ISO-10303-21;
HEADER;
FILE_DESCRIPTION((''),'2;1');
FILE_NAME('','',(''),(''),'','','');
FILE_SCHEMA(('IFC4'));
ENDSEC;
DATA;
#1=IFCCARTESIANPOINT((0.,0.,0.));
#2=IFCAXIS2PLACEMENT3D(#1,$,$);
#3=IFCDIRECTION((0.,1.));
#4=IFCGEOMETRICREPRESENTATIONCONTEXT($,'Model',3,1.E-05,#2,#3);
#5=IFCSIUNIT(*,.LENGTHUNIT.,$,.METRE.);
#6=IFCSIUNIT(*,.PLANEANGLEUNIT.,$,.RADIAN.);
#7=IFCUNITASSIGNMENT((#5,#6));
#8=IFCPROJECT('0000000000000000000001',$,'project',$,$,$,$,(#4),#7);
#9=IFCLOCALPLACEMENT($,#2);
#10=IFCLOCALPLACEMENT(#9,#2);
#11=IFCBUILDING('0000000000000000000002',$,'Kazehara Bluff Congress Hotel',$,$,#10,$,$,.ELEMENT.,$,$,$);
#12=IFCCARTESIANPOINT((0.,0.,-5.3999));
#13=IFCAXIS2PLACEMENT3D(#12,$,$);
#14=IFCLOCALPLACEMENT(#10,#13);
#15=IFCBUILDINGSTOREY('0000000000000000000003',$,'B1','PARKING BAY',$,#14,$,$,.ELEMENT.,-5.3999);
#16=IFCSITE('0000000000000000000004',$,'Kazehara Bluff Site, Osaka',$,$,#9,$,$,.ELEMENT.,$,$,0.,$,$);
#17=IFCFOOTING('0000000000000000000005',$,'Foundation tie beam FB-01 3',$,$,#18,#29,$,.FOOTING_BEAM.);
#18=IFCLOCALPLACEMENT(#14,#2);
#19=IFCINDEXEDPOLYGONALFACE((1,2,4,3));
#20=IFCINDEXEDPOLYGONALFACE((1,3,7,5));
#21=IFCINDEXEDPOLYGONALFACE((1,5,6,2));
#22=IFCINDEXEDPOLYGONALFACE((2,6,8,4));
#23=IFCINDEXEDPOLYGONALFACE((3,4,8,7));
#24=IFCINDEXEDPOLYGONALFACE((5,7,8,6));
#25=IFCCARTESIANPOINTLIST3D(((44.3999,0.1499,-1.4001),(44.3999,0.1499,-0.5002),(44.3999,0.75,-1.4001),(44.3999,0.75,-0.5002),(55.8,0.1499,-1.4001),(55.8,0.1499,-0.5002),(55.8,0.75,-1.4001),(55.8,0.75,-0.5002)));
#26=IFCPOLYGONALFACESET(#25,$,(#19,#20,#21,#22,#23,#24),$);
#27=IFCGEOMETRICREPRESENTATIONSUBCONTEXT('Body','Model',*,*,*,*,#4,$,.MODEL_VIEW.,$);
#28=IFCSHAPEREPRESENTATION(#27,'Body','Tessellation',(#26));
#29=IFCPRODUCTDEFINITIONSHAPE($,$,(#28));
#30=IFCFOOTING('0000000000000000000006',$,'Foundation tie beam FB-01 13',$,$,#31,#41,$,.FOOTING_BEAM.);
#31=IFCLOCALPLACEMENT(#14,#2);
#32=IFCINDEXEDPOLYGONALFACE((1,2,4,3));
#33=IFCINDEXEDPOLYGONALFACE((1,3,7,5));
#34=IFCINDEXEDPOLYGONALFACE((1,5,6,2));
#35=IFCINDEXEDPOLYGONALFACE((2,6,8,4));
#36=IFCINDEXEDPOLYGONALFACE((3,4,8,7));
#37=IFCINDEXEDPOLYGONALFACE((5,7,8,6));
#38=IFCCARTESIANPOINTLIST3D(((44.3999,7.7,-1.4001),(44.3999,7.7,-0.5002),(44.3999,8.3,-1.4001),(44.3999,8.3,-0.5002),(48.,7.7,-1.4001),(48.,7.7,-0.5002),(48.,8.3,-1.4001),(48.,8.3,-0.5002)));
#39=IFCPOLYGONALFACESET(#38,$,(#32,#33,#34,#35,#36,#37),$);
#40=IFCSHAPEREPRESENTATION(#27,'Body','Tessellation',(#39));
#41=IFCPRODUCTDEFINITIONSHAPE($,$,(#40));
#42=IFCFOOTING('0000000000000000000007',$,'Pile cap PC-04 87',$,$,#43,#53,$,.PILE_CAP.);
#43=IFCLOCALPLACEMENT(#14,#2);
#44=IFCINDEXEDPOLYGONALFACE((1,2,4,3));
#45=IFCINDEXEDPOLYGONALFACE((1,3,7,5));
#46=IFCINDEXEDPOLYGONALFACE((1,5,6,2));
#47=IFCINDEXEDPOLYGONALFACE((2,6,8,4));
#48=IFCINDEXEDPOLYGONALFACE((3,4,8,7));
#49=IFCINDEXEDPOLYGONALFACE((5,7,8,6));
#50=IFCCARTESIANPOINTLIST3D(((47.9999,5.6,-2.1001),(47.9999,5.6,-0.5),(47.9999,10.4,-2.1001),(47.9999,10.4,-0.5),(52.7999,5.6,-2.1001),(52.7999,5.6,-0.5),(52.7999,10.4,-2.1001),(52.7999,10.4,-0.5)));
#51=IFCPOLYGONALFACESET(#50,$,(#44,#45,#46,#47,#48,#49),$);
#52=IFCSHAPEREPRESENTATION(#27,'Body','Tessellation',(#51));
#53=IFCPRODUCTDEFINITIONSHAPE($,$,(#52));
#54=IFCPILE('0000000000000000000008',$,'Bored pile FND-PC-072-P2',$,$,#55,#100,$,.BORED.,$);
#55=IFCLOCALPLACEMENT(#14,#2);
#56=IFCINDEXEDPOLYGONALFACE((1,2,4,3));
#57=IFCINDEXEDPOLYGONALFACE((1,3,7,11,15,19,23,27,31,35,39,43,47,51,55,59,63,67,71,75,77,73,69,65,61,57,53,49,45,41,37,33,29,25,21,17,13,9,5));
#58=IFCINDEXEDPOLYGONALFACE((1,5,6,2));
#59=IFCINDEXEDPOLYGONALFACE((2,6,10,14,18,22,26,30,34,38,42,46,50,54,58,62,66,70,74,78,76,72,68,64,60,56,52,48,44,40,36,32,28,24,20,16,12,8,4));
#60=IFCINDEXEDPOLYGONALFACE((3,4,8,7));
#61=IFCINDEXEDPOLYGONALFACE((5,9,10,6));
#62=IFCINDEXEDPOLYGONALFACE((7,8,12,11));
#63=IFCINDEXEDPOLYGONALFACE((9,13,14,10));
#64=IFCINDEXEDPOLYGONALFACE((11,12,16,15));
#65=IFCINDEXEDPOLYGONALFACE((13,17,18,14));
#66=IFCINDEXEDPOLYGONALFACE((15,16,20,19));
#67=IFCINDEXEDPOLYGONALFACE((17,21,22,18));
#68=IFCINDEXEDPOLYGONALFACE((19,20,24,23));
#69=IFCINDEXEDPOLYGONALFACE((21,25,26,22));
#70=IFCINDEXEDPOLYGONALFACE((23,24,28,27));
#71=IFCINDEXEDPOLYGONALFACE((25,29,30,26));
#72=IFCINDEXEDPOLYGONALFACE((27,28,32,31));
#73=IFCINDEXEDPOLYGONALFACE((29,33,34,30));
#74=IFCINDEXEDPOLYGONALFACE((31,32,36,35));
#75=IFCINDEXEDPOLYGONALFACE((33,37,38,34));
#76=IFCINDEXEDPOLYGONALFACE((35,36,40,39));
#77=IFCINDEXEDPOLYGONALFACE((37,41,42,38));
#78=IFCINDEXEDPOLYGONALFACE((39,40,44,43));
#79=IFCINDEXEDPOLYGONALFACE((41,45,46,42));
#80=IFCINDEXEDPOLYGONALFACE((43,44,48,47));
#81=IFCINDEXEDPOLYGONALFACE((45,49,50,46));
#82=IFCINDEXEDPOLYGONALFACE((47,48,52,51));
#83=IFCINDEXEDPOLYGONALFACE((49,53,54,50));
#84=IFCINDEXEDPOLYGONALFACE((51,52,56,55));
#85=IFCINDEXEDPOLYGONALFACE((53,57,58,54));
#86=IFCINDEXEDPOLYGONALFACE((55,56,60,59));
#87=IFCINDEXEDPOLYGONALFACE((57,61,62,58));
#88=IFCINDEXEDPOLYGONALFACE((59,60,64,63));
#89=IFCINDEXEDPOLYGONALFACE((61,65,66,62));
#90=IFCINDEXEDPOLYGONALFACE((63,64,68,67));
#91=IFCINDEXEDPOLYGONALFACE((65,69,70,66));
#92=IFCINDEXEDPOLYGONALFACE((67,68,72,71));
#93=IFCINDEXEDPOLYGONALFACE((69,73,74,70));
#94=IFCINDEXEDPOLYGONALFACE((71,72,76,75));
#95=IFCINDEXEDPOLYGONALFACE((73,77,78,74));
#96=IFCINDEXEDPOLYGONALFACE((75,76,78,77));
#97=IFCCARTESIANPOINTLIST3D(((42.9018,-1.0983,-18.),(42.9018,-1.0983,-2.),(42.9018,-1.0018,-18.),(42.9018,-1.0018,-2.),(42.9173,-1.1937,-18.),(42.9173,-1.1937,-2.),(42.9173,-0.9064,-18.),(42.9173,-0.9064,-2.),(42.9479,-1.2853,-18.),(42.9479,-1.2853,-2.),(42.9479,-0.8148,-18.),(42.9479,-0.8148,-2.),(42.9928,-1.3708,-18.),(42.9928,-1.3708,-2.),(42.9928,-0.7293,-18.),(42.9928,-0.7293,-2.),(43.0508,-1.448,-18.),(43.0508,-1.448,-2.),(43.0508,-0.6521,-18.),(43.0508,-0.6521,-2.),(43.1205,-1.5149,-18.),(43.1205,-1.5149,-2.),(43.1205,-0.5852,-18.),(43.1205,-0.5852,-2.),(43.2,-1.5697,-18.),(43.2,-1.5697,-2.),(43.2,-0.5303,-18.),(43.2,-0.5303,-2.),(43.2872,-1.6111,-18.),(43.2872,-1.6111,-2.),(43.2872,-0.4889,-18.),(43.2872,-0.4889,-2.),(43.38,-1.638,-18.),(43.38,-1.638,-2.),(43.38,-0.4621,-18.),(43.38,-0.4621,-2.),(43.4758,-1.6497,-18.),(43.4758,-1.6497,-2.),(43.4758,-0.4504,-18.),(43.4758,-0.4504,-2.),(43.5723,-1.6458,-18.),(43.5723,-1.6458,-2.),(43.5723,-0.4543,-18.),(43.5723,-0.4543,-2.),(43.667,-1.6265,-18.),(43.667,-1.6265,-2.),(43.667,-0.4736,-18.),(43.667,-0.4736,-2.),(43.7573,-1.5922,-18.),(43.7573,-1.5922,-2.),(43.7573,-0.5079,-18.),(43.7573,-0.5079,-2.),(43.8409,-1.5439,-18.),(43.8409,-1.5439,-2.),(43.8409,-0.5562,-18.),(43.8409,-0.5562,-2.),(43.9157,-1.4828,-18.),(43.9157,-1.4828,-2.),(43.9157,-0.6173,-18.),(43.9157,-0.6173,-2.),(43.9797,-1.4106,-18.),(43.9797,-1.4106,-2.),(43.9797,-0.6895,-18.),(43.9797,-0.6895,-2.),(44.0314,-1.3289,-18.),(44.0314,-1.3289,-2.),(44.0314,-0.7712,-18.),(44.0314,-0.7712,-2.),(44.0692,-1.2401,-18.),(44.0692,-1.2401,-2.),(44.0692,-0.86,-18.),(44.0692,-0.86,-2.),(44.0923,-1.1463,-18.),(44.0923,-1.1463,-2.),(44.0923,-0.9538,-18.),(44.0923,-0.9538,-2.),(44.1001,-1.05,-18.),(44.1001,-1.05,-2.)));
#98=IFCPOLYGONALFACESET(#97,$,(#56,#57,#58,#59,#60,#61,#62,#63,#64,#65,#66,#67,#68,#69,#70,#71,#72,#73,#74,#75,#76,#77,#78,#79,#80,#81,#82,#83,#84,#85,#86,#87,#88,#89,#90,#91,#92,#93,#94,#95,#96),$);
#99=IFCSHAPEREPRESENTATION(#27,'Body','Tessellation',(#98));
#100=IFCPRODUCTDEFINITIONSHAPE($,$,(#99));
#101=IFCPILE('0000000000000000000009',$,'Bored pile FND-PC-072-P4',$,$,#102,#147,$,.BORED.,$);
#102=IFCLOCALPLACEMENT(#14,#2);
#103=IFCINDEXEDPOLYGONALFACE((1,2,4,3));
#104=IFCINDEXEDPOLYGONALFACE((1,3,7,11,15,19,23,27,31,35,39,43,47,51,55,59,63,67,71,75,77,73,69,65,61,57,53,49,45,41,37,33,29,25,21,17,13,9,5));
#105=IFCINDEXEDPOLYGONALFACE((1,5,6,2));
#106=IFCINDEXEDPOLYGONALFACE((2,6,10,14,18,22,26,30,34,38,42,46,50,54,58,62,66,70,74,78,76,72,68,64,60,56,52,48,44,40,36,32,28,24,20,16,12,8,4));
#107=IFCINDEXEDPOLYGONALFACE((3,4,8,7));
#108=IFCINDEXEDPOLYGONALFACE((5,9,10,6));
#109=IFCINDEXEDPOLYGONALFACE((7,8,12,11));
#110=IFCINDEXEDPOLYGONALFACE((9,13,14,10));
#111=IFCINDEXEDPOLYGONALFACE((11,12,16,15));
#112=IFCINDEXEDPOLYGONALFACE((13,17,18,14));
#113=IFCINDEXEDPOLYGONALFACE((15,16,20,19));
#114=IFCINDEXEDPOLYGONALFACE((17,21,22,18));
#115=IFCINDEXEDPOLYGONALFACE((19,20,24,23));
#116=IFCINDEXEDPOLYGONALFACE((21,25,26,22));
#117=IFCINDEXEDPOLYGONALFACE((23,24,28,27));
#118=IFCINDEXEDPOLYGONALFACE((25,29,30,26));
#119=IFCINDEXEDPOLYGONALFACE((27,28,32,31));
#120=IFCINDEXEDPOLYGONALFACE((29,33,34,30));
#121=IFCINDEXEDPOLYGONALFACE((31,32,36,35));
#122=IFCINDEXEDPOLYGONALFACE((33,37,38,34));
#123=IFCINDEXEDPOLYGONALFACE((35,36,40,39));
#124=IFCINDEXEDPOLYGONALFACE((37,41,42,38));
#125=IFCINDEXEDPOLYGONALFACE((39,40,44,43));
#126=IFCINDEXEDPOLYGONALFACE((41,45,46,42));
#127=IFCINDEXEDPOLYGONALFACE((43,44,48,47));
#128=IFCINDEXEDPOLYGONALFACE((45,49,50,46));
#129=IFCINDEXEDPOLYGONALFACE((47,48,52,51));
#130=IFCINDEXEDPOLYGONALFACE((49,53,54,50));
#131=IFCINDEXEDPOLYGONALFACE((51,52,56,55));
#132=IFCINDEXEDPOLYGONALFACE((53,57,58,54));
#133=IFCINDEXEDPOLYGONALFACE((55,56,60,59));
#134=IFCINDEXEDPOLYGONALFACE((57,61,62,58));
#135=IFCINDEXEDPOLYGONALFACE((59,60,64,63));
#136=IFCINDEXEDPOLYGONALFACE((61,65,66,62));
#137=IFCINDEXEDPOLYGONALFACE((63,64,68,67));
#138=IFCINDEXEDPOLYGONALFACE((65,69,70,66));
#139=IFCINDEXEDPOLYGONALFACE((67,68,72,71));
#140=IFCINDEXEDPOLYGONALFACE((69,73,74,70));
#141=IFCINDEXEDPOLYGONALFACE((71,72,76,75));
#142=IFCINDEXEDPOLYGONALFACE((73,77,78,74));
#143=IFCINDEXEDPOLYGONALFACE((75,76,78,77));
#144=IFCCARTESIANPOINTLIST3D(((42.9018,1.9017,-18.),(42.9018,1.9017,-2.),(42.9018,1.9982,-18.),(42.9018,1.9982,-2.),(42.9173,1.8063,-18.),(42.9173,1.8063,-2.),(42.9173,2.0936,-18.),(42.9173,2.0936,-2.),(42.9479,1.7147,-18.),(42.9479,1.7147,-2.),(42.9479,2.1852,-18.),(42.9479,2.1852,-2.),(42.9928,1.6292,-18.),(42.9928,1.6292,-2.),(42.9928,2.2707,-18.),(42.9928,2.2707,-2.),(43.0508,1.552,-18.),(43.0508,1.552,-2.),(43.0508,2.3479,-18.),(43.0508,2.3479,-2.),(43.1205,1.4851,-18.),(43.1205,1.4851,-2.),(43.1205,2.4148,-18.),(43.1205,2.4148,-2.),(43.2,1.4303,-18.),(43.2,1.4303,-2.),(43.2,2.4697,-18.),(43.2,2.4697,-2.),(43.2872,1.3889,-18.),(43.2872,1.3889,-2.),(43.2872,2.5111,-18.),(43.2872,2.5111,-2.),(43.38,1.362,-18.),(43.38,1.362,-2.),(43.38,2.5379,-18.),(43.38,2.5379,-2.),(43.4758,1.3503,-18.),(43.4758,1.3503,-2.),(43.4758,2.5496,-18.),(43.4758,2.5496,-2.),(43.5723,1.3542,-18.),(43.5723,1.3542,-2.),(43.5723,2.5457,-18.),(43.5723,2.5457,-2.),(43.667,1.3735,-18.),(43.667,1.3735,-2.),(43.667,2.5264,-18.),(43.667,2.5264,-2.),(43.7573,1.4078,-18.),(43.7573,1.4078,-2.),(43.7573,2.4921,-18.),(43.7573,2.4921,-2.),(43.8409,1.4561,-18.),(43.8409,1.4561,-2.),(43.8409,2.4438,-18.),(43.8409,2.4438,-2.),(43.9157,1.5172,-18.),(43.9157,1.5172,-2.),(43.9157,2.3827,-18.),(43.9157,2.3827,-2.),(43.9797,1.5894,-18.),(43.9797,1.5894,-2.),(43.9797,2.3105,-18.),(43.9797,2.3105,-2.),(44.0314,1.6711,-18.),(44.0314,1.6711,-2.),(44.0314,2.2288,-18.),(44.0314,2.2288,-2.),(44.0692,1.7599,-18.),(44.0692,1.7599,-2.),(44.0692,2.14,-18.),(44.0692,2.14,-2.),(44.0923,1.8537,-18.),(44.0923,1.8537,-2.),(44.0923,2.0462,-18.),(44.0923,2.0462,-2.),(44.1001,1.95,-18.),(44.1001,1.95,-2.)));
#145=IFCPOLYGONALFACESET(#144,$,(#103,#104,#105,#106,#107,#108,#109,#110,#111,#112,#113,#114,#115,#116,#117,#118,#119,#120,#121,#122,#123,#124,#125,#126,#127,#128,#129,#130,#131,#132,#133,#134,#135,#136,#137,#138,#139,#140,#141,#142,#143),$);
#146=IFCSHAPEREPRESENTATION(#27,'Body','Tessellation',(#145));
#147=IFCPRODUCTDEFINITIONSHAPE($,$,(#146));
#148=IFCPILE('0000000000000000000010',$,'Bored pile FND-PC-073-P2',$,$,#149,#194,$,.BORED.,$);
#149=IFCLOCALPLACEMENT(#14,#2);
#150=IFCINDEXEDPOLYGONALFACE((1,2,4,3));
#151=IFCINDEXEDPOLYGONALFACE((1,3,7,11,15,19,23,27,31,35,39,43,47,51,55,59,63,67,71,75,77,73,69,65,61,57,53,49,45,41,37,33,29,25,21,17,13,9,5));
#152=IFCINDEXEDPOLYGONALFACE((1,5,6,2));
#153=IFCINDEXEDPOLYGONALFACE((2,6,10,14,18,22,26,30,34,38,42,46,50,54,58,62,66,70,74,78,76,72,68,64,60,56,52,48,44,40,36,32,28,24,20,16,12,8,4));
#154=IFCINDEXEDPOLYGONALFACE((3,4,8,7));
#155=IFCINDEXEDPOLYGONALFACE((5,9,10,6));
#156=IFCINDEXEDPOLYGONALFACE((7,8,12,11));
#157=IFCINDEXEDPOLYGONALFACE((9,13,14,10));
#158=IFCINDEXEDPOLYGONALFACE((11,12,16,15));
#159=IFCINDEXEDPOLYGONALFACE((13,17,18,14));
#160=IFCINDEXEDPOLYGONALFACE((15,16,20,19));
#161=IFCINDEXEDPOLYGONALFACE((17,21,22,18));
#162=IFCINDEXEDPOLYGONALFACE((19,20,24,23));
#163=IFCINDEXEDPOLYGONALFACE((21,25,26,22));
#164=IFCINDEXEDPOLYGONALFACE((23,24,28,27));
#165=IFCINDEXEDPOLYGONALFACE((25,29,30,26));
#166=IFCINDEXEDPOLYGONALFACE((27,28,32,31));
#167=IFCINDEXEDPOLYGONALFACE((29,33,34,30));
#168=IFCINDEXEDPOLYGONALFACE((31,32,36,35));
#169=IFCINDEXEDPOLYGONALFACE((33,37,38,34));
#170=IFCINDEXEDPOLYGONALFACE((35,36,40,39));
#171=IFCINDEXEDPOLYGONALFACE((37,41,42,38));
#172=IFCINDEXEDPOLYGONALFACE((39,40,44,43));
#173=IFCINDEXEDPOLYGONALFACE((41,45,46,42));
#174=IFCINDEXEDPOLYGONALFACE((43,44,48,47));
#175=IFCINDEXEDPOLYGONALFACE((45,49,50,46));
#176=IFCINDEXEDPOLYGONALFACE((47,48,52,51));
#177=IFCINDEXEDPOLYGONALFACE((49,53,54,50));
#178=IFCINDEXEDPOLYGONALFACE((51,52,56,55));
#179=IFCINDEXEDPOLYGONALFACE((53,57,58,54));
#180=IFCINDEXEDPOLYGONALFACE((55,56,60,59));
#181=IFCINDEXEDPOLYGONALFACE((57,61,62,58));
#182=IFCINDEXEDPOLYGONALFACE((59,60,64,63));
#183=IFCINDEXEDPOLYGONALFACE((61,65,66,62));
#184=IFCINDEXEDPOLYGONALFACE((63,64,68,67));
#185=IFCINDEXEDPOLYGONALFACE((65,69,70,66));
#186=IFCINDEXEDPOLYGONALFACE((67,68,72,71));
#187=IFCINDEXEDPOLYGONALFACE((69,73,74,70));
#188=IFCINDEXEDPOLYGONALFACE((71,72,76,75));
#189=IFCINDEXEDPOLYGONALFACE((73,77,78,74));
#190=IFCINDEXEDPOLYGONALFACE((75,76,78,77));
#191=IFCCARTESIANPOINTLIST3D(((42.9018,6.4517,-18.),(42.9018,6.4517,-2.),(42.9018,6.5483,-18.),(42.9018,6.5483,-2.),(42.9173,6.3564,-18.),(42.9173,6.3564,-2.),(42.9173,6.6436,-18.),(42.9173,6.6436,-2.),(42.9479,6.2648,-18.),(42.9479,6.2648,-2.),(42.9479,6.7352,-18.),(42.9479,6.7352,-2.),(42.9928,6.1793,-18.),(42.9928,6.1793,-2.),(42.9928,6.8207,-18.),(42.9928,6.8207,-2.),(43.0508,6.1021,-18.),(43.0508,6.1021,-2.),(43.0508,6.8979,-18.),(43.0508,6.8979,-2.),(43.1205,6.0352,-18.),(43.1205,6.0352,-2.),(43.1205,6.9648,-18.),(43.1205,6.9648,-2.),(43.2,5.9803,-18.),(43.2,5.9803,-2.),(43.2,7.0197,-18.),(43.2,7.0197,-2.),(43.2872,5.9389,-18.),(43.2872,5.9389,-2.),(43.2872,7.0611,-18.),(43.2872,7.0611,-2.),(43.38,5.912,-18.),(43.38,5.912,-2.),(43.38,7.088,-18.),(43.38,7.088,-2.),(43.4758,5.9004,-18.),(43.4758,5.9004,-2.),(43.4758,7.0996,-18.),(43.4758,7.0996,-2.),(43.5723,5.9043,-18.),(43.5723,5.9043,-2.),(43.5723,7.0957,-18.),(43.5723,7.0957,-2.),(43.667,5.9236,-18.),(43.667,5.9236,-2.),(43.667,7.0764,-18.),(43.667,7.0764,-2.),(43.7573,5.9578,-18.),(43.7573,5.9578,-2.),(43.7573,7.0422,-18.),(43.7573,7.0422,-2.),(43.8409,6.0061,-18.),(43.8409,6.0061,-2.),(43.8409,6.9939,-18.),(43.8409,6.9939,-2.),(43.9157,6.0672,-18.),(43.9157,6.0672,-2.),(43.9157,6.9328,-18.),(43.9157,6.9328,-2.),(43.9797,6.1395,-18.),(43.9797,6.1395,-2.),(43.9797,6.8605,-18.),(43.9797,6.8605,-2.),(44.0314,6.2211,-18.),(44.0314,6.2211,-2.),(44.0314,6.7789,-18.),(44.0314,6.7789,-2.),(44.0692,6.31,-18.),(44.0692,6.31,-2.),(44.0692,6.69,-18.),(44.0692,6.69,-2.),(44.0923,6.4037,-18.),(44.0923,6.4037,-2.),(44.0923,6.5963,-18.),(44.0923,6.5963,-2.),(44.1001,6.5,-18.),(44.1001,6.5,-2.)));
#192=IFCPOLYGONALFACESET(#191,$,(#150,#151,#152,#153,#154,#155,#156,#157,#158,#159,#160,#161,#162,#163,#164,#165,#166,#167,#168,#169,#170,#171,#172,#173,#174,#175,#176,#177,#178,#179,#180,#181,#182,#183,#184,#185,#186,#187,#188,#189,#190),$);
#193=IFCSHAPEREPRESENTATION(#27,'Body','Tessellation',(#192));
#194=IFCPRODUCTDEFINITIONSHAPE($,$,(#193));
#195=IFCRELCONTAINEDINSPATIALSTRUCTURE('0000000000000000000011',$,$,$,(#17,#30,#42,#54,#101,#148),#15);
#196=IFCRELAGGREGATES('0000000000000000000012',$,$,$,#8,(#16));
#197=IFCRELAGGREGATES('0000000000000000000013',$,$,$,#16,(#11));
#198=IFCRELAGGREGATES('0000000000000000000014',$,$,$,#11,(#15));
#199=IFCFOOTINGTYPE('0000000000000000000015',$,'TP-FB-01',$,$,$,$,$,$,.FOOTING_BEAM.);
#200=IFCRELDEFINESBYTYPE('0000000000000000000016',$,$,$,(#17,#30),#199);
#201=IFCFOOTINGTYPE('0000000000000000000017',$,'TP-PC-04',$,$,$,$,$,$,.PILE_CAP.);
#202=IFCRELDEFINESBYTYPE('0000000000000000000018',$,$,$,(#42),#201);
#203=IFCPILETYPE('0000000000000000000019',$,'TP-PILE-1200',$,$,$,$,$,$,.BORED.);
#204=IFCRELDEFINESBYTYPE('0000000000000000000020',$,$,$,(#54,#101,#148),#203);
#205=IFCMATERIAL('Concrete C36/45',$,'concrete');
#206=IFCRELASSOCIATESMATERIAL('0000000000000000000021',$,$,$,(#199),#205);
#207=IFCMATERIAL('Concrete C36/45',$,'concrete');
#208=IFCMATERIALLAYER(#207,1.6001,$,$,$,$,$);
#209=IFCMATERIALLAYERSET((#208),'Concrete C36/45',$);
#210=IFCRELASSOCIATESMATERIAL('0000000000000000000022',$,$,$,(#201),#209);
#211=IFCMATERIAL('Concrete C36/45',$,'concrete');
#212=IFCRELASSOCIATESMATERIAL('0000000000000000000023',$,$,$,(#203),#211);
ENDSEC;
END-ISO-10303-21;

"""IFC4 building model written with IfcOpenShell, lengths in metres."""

from ifc_helpers import new_model, si_unit, direction, frame, origin, origin_2d, place, context, subcontext, project, spatial, rectangle, circle, extrude, material, layer, layer_set, material_profile, profile_set, type_object, element, save


model = new_model("IFC4")

# Units and contexts
model_context = context("Model", 3, precision=1e-05, world=origin(), true_north=direction((0.0, 1.0)))
body_context = subcontext(model_context, "Body", "Model", "MODEL_VIEW")
ifc_project = project(units=[si_unit("LENGTHUNIT", "METRE"), si_unit("PLANEANGLEUNIT", "RADIAN")], contexts=[model_context])

# Site, building, storey
site_placement = place(None, origin())
site = spatial("IfcSite", under=ifc_project, at=site_placement, Name="Kazehara Bluff Site, Osaka", CompositionType="ELEMENT", RefElevation=0.0)
building_placement = place(site_placement, origin())
building = spatial("IfcBuilding", under=site, at=building_placement, Name="Kazehara Bluff Congress Hotel", CompositionType="ELEMENT")
storey_placement = place(building_placement, frame((0.0, 0.0, -5.3999)))
storey = spatial("IfcBuildingStorey", under=building, at=storey_placement, Name="B1", Description="PARKING BAY", CompositionType="ELEMENT", Elevation=-5.3999)

# Footings
ifc_material_1 = material(Name="Concrete C36/45", Category="concrete")
ifc_material_profile_1 = material_profile(ifc_material_1, rectangle(XDim=0.6001, YDim=0.8999, at=origin_2d()))
ifc_profile_set_1 = profile_set([ifc_material_profile_1], Name="Concrete C36/45")
footing_type_1 = type_object("IfcFootingType", Name="TP-FB-01", PredefinedType="FOOTING_BEAM", material=ifc_profile_set_1)
footing_1_placement = place(storey_placement, frame((44.3999, 0.45, -0.9502), z_axis=(1.0, 0.0, 0.0), x_axis=(0.0, 1.0, 0.0)))
element("IfcFooting", 1, at=footing_1_placement, inside=storey, type_object=footing_type_1, Name="Foundation tie beam FB-01 3", PredefinedType="FOOTING_BEAM", context=body_context, shape_type="SweptSolid", body=[
    extrude(rectangle(XDim=0.6001, YDim=0.8999, at=origin_2d()), origin(), (0.0, 0.0, 1.0), 11.4001),
])
footing_2_placement = place(storey_placement, frame((44.3999, 8.0, -0.9502), z_axis=(1.0, 0.0, 0.0), x_axis=(0.0, 1.0, 0.0)))
element("IfcFooting", 2, at=footing_2_placement, inside=storey, type_object=footing_type_1, Name="Foundation tie beam FB-01 13", PredefinedType="FOOTING_BEAM", context=body_context, shape_type="SweptSolid", body=[
    extrude(rectangle(XDim=0.6001, YDim=0.8999, at=origin_2d()), origin(), (0.0, 0.0, 1.0), 3.6001),
])
ifc_material_2 = material(Name="Concrete C36/45", Category="concrete")
ifc_layer_1 = layer(ifc_material_2, 1.6001)
ifc_layer_set_1 = layer_set([ifc_layer_1], Name="Concrete C36/45")
footing_type_2 = type_object("IfcFootingType", Name="TP-PC-04", PredefinedType="PILE_CAP", material=ifc_layer_set_1)
footing_3_placement = place(storey_placement, frame((50.3999, 8.0, -2.1001), z_axis=(0.0, 0.0, 1.0), x_axis=(1.0, 0.0, 0.0)))
element("IfcFooting", 3, at=footing_3_placement, inside=storey, type_object=footing_type_2, Name="Pile cap PC-04 87", PredefinedType="PILE_CAP", context=body_context, shape_type="SweptSolid", body=[
    extrude(rectangle(XDim=4.8, YDim=4.8, at=origin_2d()), origin(), (0.0, 0.0, 1.0), 1.6001),
])

# Piles
ifc_material_3 = material(Name="Concrete C36/45", Category="concrete")
ifc_material_profile_2 = material_profile(ifc_material_3, circle(Radius=0.6001, at=origin_2d()))
ifc_profile_set_2 = profile_set([ifc_material_profile_2], Name="Concrete C36/45")
pile_type = type_object("IfcPileType", Name="TP-PILE-1200", PredefinedType="BORED", material=ifc_profile_set_2)
for number, where, z_axis, x_axis, name in (
    (4, (43.5, -1.05, -2.0), (0.0, 0.0, -1.0), (1.0, 0.0, 0.0), "Bored pile FND-PC-072-P2"),
    (5, (43.5, 1.95, -2.0), (0.0, 0.0, -1.0), (1.0, 0.0, 0.0), "Bored pile FND-PC-072-P4"),
    (6, (43.5, 6.5, -2.0), (0.0, 0.0, -1.0), (1.0, 0.0, 0.0), "Bored pile FND-PC-073-P2"),
):
    element("IfcPile", number, at=place(storey_placement, frame(where, z_axis=z_axis, x_axis=x_axis)), inside=storey, type_object=pile_type, Name=name, PredefinedType="BORED", context=body_context, shape_type="SweptSolid", body=[
        extrude(circle(Radius=0.6001, at=origin_2d()), origin(), (0.0, 0.0, 1.0), 16.0),
    ])

save(model, "model.ifc")
